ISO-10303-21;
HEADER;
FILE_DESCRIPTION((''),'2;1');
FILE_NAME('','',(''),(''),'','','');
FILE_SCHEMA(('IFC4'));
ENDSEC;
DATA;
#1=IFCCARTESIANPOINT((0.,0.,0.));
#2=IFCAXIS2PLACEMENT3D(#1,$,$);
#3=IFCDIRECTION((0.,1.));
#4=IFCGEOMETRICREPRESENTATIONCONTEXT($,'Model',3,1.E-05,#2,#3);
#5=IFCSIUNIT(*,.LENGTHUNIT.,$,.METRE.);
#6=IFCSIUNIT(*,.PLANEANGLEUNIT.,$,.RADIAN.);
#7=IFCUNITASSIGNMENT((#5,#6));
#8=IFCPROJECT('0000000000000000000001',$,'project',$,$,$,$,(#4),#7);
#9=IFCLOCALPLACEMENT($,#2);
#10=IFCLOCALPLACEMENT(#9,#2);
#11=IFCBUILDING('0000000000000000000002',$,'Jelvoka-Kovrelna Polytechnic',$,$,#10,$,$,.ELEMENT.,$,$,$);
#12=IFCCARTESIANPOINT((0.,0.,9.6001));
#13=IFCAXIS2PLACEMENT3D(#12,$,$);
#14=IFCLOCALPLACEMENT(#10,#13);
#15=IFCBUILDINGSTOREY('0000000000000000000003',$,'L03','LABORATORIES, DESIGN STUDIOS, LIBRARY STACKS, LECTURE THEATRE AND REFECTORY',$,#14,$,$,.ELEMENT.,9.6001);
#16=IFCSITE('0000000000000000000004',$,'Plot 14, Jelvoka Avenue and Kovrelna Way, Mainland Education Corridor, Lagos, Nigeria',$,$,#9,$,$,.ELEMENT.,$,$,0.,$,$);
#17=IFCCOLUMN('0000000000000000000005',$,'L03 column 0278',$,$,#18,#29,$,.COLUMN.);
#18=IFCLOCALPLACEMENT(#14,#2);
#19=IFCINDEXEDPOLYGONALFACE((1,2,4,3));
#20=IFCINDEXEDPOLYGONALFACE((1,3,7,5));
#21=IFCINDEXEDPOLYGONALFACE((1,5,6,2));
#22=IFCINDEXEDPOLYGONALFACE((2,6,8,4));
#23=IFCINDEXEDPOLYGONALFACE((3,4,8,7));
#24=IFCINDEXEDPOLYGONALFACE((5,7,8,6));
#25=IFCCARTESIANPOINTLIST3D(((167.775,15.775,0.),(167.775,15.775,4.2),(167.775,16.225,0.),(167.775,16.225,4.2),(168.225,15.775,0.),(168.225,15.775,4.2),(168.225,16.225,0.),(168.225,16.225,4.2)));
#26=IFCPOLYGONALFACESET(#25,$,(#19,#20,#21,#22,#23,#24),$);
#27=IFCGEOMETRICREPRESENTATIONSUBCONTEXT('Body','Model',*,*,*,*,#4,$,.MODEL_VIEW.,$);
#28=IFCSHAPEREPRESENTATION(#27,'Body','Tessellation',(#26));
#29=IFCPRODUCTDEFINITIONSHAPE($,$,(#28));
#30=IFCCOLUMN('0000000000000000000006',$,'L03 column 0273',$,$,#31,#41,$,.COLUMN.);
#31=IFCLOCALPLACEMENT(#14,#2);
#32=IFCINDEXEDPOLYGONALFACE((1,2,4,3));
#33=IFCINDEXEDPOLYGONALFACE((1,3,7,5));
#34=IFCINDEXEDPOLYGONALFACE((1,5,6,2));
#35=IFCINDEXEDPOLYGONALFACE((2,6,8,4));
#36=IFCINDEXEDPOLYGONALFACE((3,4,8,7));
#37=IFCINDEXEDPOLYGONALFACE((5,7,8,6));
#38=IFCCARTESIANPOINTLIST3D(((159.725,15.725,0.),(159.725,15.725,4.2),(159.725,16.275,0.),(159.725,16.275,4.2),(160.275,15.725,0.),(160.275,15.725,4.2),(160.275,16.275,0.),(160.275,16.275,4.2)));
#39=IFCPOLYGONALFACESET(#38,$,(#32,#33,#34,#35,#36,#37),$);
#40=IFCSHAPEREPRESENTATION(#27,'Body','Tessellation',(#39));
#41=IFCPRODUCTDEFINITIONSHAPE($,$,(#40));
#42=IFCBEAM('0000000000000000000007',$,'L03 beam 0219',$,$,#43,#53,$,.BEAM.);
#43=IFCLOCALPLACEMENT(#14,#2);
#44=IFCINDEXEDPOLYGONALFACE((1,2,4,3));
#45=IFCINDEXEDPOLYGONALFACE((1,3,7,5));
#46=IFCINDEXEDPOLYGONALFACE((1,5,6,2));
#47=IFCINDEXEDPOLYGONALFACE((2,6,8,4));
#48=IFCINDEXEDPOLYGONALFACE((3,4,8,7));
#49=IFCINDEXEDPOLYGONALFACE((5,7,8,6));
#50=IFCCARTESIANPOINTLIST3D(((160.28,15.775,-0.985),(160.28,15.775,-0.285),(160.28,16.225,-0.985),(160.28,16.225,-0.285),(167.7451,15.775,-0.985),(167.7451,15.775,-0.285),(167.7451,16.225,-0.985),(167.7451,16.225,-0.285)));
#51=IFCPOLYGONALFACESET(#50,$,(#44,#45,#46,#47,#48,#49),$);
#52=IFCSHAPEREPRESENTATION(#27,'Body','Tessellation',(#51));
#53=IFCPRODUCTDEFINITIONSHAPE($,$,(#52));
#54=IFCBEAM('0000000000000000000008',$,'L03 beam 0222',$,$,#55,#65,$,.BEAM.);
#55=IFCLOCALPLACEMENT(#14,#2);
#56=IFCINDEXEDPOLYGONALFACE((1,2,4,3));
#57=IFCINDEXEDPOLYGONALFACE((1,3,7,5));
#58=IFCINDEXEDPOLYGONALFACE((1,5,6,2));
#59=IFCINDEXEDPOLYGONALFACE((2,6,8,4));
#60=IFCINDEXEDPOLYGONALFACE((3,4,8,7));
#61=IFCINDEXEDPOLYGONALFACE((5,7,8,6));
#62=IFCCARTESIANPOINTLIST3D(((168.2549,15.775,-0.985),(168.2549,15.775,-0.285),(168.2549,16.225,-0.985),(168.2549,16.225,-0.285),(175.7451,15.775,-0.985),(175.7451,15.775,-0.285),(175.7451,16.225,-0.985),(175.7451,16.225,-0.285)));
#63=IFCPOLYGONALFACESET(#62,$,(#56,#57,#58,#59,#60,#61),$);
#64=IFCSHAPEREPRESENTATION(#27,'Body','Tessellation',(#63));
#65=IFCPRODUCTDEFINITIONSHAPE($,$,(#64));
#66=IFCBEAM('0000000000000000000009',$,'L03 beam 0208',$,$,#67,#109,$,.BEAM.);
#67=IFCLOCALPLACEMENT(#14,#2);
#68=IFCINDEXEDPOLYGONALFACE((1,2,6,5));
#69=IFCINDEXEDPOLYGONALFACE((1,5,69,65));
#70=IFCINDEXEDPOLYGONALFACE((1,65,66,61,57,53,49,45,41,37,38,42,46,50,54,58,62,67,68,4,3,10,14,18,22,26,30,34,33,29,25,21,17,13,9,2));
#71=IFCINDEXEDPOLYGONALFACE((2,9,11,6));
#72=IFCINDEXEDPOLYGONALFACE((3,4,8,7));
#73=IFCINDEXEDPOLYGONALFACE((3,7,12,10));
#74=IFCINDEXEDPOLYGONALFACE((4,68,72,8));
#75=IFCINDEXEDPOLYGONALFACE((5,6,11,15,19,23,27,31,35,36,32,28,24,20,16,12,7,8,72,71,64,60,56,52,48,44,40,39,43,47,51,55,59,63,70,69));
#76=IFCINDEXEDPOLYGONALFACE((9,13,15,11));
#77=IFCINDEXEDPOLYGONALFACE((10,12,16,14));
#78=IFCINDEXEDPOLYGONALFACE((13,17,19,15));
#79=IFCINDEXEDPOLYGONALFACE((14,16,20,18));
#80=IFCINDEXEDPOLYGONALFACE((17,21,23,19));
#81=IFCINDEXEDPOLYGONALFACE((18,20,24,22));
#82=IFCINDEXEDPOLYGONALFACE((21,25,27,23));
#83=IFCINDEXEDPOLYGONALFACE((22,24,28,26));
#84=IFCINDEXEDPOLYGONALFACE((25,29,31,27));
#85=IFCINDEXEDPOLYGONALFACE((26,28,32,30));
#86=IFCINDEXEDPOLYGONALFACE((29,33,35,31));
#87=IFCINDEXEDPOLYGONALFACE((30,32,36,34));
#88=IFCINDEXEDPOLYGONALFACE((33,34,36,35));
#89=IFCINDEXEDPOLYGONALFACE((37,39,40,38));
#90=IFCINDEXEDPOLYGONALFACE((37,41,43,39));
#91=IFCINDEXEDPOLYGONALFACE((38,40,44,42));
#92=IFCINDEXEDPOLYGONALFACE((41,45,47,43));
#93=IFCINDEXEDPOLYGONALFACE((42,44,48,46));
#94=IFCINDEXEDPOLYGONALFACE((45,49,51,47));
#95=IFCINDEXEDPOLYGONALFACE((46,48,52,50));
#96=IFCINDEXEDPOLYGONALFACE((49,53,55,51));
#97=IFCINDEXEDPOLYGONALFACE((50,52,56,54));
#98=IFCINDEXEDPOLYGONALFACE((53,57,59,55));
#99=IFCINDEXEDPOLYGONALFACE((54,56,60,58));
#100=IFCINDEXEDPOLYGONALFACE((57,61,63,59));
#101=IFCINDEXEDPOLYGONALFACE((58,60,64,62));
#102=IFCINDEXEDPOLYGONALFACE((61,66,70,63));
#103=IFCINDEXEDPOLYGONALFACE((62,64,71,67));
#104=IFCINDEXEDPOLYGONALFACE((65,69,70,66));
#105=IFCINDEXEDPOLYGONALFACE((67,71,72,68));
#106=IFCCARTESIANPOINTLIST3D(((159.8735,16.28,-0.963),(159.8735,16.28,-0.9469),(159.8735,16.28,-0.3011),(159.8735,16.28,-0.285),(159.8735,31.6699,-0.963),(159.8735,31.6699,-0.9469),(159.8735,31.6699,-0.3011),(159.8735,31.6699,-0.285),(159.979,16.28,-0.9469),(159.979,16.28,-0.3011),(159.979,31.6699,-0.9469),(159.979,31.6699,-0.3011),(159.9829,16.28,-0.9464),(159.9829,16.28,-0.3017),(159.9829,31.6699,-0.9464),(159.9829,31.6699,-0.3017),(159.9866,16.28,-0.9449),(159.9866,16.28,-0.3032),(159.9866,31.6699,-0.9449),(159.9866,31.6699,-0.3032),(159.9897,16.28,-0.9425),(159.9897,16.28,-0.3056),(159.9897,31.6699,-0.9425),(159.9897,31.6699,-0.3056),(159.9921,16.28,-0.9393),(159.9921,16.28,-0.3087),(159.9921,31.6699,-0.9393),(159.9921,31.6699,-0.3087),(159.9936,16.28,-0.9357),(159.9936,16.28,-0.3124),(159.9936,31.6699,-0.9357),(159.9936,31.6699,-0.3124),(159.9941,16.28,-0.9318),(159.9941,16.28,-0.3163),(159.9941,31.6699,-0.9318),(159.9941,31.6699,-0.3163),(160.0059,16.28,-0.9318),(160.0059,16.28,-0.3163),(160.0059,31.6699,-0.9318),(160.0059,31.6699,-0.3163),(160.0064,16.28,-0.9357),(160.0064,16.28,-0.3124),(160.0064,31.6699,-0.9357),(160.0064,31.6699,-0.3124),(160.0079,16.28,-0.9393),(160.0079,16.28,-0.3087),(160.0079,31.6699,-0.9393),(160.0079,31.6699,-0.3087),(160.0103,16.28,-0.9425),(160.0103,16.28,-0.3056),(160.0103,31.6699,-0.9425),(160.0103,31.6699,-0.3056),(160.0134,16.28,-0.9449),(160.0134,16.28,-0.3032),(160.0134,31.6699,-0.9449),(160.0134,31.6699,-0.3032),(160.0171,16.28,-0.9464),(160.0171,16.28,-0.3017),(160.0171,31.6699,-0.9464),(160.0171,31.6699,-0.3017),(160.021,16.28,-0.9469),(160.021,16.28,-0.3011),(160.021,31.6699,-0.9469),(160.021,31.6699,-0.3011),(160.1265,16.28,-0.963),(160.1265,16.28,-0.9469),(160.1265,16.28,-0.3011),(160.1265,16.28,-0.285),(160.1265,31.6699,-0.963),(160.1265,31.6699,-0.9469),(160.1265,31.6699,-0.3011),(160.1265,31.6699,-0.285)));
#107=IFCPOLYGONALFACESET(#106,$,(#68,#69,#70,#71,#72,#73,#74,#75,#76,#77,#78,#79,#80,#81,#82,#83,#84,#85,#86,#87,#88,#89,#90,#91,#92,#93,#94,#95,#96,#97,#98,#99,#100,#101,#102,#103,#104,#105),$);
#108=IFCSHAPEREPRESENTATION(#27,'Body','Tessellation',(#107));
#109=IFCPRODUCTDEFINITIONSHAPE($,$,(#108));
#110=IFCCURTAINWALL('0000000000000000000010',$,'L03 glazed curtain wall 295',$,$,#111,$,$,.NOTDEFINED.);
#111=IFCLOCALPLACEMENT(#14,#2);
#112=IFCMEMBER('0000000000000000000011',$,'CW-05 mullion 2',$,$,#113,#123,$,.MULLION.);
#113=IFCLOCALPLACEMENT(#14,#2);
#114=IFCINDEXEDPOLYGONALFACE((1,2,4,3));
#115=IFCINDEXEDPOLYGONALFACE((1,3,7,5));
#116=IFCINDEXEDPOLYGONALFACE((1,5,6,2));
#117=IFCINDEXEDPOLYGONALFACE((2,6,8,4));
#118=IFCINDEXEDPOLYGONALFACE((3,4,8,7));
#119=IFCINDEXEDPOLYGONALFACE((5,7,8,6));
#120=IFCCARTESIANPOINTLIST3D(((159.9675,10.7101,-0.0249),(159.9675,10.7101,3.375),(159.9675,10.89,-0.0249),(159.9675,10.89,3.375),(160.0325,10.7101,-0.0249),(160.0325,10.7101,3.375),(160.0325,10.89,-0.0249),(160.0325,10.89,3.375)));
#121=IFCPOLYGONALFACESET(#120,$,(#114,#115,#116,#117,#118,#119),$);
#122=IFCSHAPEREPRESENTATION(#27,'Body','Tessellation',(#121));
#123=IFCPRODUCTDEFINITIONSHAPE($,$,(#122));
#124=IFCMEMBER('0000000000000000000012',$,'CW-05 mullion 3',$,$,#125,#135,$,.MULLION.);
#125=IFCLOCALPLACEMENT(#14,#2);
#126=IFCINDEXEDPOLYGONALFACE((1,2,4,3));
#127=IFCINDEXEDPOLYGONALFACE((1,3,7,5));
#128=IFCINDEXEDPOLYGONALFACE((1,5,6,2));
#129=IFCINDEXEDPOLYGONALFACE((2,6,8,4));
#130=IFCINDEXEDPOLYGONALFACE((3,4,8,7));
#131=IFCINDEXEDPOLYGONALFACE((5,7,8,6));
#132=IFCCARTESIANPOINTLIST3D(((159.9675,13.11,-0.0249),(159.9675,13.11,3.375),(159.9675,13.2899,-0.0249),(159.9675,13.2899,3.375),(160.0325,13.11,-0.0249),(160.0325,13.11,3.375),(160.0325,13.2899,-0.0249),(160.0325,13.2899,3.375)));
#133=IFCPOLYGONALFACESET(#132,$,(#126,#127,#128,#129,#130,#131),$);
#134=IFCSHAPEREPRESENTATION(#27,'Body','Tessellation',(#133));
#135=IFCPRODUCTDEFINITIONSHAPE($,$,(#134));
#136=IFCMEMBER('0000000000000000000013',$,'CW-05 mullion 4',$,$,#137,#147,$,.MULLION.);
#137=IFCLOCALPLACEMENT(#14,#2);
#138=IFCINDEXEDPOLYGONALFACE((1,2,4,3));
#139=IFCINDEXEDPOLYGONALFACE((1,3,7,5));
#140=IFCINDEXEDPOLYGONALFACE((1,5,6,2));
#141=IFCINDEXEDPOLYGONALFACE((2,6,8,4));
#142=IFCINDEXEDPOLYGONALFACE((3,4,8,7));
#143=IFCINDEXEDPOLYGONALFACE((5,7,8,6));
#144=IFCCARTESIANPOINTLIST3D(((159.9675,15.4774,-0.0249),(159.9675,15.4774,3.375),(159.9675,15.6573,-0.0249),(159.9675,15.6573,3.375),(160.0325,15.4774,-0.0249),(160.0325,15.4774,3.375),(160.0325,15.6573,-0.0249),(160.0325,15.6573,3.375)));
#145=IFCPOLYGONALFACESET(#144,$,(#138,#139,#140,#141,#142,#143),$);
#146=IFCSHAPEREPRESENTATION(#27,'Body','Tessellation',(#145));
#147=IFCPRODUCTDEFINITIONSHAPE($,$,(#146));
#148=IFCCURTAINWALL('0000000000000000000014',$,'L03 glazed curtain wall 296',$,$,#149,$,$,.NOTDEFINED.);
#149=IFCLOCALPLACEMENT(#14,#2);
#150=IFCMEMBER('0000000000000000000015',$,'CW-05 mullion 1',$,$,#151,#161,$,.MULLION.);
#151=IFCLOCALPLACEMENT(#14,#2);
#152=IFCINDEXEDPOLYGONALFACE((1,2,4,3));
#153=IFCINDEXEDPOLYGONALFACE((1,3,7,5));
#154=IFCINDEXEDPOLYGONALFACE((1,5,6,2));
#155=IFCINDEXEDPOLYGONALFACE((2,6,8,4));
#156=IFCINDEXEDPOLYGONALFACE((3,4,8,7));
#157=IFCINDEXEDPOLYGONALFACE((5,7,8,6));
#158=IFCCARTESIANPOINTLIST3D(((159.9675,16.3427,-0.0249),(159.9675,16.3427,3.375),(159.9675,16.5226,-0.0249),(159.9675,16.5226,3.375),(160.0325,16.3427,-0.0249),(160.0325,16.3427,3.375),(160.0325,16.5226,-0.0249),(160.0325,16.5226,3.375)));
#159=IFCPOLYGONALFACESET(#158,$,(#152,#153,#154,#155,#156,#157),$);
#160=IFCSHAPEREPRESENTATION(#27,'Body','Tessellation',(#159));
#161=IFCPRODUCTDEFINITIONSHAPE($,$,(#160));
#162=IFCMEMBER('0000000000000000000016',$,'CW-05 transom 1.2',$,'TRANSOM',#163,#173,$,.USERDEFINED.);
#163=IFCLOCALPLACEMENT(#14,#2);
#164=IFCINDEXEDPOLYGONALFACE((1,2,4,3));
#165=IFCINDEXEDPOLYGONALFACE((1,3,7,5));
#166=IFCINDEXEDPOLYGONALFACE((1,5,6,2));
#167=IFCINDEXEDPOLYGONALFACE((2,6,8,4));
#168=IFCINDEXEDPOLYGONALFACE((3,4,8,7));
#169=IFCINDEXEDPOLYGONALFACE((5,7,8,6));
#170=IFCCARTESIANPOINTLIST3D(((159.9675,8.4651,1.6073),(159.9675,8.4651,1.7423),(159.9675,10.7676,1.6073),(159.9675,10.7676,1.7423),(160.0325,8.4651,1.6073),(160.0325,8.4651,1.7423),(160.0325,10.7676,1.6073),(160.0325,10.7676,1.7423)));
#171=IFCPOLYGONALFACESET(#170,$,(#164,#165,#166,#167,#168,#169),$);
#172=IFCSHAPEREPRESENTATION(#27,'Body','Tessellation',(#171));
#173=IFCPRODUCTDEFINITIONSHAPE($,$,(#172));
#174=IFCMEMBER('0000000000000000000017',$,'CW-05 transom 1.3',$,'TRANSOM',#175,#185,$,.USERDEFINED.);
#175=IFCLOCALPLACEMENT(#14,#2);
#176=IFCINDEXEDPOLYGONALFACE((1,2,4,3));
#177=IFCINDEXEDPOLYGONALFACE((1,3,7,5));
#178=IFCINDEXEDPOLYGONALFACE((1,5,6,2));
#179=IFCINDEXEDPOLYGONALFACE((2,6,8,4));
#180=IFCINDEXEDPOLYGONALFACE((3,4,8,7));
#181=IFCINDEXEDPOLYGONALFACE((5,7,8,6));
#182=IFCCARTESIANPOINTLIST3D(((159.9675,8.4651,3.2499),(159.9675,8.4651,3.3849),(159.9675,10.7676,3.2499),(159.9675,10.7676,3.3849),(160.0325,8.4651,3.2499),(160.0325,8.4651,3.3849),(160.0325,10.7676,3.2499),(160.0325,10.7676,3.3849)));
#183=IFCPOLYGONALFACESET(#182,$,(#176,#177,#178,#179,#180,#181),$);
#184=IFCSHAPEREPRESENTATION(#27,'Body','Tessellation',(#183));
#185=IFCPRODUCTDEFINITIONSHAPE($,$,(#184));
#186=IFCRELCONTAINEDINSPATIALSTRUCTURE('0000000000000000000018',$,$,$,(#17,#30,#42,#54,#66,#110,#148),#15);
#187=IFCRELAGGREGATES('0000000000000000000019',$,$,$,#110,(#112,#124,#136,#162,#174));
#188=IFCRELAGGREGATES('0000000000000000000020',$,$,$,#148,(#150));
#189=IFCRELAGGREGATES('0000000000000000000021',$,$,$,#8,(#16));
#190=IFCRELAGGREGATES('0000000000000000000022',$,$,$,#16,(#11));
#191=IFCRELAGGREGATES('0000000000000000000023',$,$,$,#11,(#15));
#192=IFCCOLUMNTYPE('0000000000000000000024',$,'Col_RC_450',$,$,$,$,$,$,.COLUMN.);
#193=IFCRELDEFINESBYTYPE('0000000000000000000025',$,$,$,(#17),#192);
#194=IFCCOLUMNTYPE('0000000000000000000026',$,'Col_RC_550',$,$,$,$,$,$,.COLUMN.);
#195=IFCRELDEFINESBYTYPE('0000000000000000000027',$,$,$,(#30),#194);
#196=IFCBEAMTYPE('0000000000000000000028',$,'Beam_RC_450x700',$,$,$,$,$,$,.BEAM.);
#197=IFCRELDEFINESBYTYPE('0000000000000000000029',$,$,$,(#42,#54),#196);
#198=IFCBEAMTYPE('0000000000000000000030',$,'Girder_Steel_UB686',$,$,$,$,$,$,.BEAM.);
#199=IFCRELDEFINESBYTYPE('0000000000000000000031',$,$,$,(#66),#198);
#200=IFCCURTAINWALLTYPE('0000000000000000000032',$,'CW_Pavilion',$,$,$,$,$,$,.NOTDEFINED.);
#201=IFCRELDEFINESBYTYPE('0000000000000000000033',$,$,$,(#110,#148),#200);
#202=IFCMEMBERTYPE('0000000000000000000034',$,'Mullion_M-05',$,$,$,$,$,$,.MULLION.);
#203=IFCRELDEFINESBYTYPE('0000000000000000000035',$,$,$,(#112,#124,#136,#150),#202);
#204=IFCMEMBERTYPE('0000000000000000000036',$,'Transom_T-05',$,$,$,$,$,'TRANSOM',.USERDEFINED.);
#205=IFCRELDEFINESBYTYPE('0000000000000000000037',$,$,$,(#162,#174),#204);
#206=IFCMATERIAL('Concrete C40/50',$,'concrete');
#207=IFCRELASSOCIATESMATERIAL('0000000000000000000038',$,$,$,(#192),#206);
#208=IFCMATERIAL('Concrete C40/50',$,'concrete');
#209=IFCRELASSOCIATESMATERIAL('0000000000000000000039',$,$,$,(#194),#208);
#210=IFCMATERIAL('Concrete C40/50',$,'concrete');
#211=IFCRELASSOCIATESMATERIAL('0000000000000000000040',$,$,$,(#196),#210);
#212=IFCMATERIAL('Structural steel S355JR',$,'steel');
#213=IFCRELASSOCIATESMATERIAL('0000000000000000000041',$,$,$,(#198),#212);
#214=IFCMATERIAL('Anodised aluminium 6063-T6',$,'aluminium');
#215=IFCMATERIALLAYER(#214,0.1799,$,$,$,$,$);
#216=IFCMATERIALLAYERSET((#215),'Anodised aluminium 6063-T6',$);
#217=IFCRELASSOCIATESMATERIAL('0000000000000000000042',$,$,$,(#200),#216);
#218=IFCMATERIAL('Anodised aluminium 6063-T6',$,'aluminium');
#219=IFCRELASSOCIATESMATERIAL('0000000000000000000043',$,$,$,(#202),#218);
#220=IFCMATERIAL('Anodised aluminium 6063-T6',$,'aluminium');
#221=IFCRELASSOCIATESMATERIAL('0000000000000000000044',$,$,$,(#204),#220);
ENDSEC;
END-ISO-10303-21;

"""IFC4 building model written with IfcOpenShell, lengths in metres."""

from ifc_helpers import new_model, si_unit, direction, frame, origin, origin_2d, place, context, subcontext, project, spatial, rectangle, i_section, extrude, material, layer, layer_set, material_profile, profile_set, type_object, element, aggregate, save


model = new_model("IFC4")

# Units and contexts
model_context = context("Model", 3, precision=1e-05, world=origin(), true_north=direction((0.0, 1.0)))
body_context = subcontext(model_context, "Body", "Model", "MODEL_VIEW")
ifc_project = project(units=[si_unit("LENGTHUNIT", "METRE"), si_unit("PLANEANGLEUNIT", "RADIAN")], contexts=[model_context])

# Site, building, storey
site_placement = place(None, origin())
site = spatial("IfcSite", under=ifc_project, at=site_placement, Name="Plot 14, Jelvoka Avenue and Kovrelna Way, Mainland Education Corridor, Lagos, Nigeria", CompositionType="ELEMENT", RefElevation=0.0)
building_placement = place(site_placement, origin())
building = spatial("IfcBuilding", under=site, at=building_placement, Name="Jelvoka-Kovrelna Polytechnic", CompositionType="ELEMENT")
storey_placement = place(building_placement, frame((0.0, 0.0, 9.6001)))
storey = spatial("IfcBuildingStorey", under=building, at=storey_placement, Name="L03", Description="LABORATORIES, DESIGN STUDIOS, LIBRARY STACKS, LECTURE THEATRE AND REFECTORY", CompositionType="ELEMENT", Elevation=9.6001)

# Columns
ifc_material_1 = material(Name="Concrete C40/50", Category="concrete")
ifc_material_profile_1 = material_profile(ifc_material_1, rectangle(XDim=0.45, YDim=0.45, at=origin_2d()), Name="RC 450x450")
ifc_profile_set_1 = profile_set([ifc_material_profile_1], Name="Concrete C40/50")
column_type_1 = type_object("IfcColumnType", Name="Col_RC_450", PredefinedType="COLUMN", material=ifc_profile_set_1)
column_1_placement = place(storey_placement, frame((168.0, 16.0, 0.0), z_axis=(0.0, 0.0, 1.0), x_axis=(1.0, 0.0, 0.0)))
element("IfcColumn", 1, at=column_1_placement, inside=storey, type_object=column_type_1, Name="L03 column 0278", PredefinedType="COLUMN", context=body_context, shape_type="SweptSolid", body=[
    extrude(rectangle(XDim=0.45, YDim=0.45, at=origin_2d()), origin(), (0.0, 0.0, 1.0), 4.2),
])
ifc_material_2 = material(Name="Concrete C40/50", Category="concrete")
ifc_material_profile_2 = material_profile(ifc_material_2, rectangle(XDim=0.55, YDim=0.55, at=origin_2d()), Name="RC 550x550")
ifc_profile_set_2 = profile_set([ifc_material_profile_2], Name="Concrete C40/50")
column_type_2 = type_object("IfcColumnType", Name="Col_RC_550", PredefinedType="COLUMN", material=ifc_profile_set_2)
column_2_placement = place(storey_placement, frame((160.0, 16.0, 0.0), z_axis=(0.0, 0.0, 1.0), x_axis=(1.0, 0.0, 0.0)))
element("IfcColumn", 2, at=column_2_placement, inside=storey, type_object=column_type_2, Name="L03 column 0273", PredefinedType="COLUMN", context=body_context, shape_type="SweptSolid", body=[
    extrude(rectangle(XDim=0.55, YDim=0.55, at=origin_2d()), origin(), (0.0, 0.0, 1.0), 4.2),
])

# Beams
ifc_material_3 = material(Name="Concrete C40/50", Category="concrete")
ifc_material_profile_3 = material_profile(ifc_material_3, rectangle(XDim=0.45, YDim=0.7, at=origin_2d()), Name="RC 450x700")
ifc_profile_set_3 = profile_set([ifc_material_profile_3], Name="Concrete C40/50")
beam_type_1 = type_object("IfcBeamType", Name="Beam_RC_450x700", PredefinedType="BEAM", material=ifc_profile_set_3)
beam_1_placement = place(storey_placement, frame((160.28, 16.0, -0.635), z_axis=(1.0, 0.0, 0.0), x_axis=(0.0, 1.0, 0.0)))
element("IfcBeam", 3, at=beam_1_placement, inside=storey, type_object=beam_type_1, Name="L03 beam 0219", PredefinedType="BEAM", context=body_context, shape_type="SweptSolid", body=[
    extrude(rectangle(XDim=0.45, YDim=0.7, at=origin_2d()), origin(), (0.0, 0.0, 1.0), 7.4651),
])
beam_2_placement = place(storey_placement, frame((168.2549, 16.0, -0.635), z_axis=(1.0, 0.0, 0.0), x_axis=(0.0, 1.0, 0.0)))
element("IfcBeam", 4, at=beam_2_placement, inside=storey, type_object=beam_type_1, Name="L03 beam 0222", PredefinedType="BEAM", context=body_context, shape_type="SweptSolid", body=[
    extrude(rectangle(XDim=0.45, YDim=0.7, at=origin_2d()), origin(), (0.0, 0.0, 1.0), 7.4902),
])
ifc_material_4 = material(Name="Structural steel S355JR", Category="steel")
ifc_material_profile_4 = material_profile(ifc_material_4, i_section(OverallWidth=0.2529, OverallDepth=0.678, WebThickness=0.0117, FlangeThickness=0.0161, FilletRadius=0.0151, at=origin_2d()), Name="686x254x125 UB")
ifc_profile_set_4 = profile_set([ifc_material_profile_4], Name="Structural steel S355JR")
beam_type_2 = type_object("IfcBeamType", Name="Girder_Steel_UB686", PredefinedType="BEAM", material=ifc_profile_set_4)
beam_3_placement = place(storey_placement, frame((160.0, 16.28, -0.624), z_axis=(0.0, 1.0, 0.0), x_axis=(-1.0, 0.0, 0.0)))
element("IfcBeam", 5, at=beam_3_placement, inside=storey, type_object=beam_type_2, Name="L03 beam 0208", PredefinedType="BEAM", context=body_context, shape_type="SweptSolid", body=[
    extrude(i_section(OverallWidth=0.2529, OverallDepth=0.678, WebThickness=0.0117, FlangeThickness=0.0161, FilletRadius=0.0151, at=origin_2d()), origin(), (0.0, 0.0, 1.0), 15.3899),
])

# Curtain wall, members
ifc_material_5 = material(Name="Anodised aluminium 6063-T6", Category="aluminium")
ifc_layer_1 = layer(ifc_material_5, 0.1799)
ifc_layer_set_1 = layer_set([ifc_layer_1], Name="Anodised aluminium 6063-T6")
curtain_wall_type = type_object("IfcCurtainWallType", Name="CW_Pavilion", PredefinedType="NOTDEFINED", material=ifc_layer_set_1)
curtain_wall_1_placement = place(storey_placement, origin())
curtain_wall_1 = element("IfcCurtainWall", 6, at=curtain_wall_1_placement, inside=storey, type_object=curtain_wall_type, Name="L03 glazed curtain wall 295", PredefinedType="NOTDEFINED")
ifc_material_6 = material(Name="Anodised aluminium 6063-T6", Category="aluminium")
ifc_material_profile_5 = material_profile(ifc_material_6, rectangle(XDim=0.0649, YDim=0.1799, at=origin_2d()), Name="ALU 65x180")
ifc_profile_set_5 = profile_set([ifc_material_profile_5], Name="Anodised aluminium 6063-T6")
member_type_1 = type_object("IfcMemberType", Name="Mullion_M-05", PredefinedType="MULLION", material=ifc_profile_set_5)
member_1_placement = place(storey_placement, frame((160.0, 10.8, -0.0249), z_axis=(0.0, 0.0, 1.0), x_axis=(-1.0, 0.0, 0.0)))
member_1 = element("IfcMember", 7, at=member_1_placement, type_object=member_type_1, Name="CW-05 mullion 2", PredefinedType="MULLION", context=body_context, shape_type="SweptSolid", body=[
    extrude(rectangle(XDim=0.0649, YDim=0.1799, at=origin_2d()), origin(), (0.0, 0.0, 1.0), 3.3999),
])
member_2_placement = place(storey_placement, frame((160.0, 13.2, -0.0249), z_axis=(0.0, 0.0, 1.0), x_axis=(-1.0, 0.0, 0.0)))
member_2 = element("IfcMember", 8, at=member_2_placement, type_object=member_type_1, Name="CW-05 mullion 3", PredefinedType="MULLION", context=body_context, shape_type="SweptSolid", body=[
    extrude(rectangle(XDim=0.0649, YDim=0.1799, at=origin_2d()), origin(), (0.0, 0.0, 1.0), 3.3999),
])
member_3_placement = place(storey_placement, frame((160.0, 15.5674, -0.0249), z_axis=(0.0, 0.0, 1.0), x_axis=(-1.0, 0.0, 0.0)))
member_3 = element("IfcMember", 9, at=member_3_placement, type_object=member_type_1, Name="CW-05 mullion 4", PredefinedType="MULLION", context=body_context, shape_type="SweptSolid", body=[
    extrude(rectangle(XDim=0.0649, YDim=0.1799, at=origin_2d()), origin(), (0.0, 0.0, 1.0), 3.3999),
])

# Curtain wall, member
curtain_wall_2_placement = place(storey_placement, origin())
curtain_wall_2 = element("IfcCurtainWall", 10, at=curtain_wall_2_placement, inside=storey, type_object=curtain_wall_type, Name="L03 glazed curtain wall 296", PredefinedType="NOTDEFINED")
member_4_placement = place(storey_placement, frame((160.0, 16.4326, -0.0249), z_axis=(0.0, 0.0, 1.0), x_axis=(-1.0, 0.0, 0.0)))
member_4 = element("IfcMember", 11, at=member_4_placement, type_object=member_type_1, Name="CW-05 mullion 1", PredefinedType="MULLION", context=body_context, shape_type="SweptSolid", body=[
    extrude(rectangle(XDim=0.0649, YDim=0.1799, at=origin_2d()), origin(), (0.0, 0.0, 1.0), 3.3999),
])

# Members
ifc_material_7 = material(Name="Anodised aluminium 6063-T6", Category="aluminium")
ifc_material_profile_6 = material_profile(ifc_material_7, rectangle(XDim=0.0649, YDim=0.135, at=origin_2d()), Name="ALU 65x135")
ifc_profile_set_6 = profile_set([ifc_material_profile_6], Name="Anodised aluminium 6063-T6")
member_type_2 = type_object("IfcMemberType", Name="Transom_T-05", ElementType="TRANSOM", PredefinedType="USERDEFINED", material=ifc_profile_set_6)
member_5_placement = place(storey_placement, frame((160.0, 8.4651, 1.6748), z_axis=(0.0, 1.0, 0.0), x_axis=(-1.0, 0.0, 0.0)))
member_5 = element("IfcMember", 12, at=member_5_placement, type_object=member_type_2, Name="CW-05 transom 1.2", ObjectType="TRANSOM", PredefinedType="USERDEFINED", context=body_context, shape_type="SweptSolid", body=[
    extrude(rectangle(XDim=0.0649, YDim=0.135, at=origin_2d()), origin(), (0.0, 0.0, 1.0), 2.3025),
])
member_6_placement = place(storey_placement, frame((160.0, 8.4651, 3.3174), z_axis=(0.0, 1.0, 0.0), x_axis=(-1.0, 0.0, 0.0)))
member_6 = element("IfcMember", 13, at=member_6_placement, type_object=member_type_2, Name="CW-05 transom 1.3", ObjectType="TRANSOM", PredefinedType="USERDEFINED", context=body_context, shape_type="SweptSolid", body=[
    extrude(rectangle(XDim=0.0649, YDim=0.135, at=origin_2d()), origin(), (0.0, 0.0, 1.0), 2.3025),
])

aggregate(curtain_wall_1, [member_1, member_2, member_3, member_5, member_6])
aggregate(curtain_wall_2, [member_4])

save(model, "model.ifc")
